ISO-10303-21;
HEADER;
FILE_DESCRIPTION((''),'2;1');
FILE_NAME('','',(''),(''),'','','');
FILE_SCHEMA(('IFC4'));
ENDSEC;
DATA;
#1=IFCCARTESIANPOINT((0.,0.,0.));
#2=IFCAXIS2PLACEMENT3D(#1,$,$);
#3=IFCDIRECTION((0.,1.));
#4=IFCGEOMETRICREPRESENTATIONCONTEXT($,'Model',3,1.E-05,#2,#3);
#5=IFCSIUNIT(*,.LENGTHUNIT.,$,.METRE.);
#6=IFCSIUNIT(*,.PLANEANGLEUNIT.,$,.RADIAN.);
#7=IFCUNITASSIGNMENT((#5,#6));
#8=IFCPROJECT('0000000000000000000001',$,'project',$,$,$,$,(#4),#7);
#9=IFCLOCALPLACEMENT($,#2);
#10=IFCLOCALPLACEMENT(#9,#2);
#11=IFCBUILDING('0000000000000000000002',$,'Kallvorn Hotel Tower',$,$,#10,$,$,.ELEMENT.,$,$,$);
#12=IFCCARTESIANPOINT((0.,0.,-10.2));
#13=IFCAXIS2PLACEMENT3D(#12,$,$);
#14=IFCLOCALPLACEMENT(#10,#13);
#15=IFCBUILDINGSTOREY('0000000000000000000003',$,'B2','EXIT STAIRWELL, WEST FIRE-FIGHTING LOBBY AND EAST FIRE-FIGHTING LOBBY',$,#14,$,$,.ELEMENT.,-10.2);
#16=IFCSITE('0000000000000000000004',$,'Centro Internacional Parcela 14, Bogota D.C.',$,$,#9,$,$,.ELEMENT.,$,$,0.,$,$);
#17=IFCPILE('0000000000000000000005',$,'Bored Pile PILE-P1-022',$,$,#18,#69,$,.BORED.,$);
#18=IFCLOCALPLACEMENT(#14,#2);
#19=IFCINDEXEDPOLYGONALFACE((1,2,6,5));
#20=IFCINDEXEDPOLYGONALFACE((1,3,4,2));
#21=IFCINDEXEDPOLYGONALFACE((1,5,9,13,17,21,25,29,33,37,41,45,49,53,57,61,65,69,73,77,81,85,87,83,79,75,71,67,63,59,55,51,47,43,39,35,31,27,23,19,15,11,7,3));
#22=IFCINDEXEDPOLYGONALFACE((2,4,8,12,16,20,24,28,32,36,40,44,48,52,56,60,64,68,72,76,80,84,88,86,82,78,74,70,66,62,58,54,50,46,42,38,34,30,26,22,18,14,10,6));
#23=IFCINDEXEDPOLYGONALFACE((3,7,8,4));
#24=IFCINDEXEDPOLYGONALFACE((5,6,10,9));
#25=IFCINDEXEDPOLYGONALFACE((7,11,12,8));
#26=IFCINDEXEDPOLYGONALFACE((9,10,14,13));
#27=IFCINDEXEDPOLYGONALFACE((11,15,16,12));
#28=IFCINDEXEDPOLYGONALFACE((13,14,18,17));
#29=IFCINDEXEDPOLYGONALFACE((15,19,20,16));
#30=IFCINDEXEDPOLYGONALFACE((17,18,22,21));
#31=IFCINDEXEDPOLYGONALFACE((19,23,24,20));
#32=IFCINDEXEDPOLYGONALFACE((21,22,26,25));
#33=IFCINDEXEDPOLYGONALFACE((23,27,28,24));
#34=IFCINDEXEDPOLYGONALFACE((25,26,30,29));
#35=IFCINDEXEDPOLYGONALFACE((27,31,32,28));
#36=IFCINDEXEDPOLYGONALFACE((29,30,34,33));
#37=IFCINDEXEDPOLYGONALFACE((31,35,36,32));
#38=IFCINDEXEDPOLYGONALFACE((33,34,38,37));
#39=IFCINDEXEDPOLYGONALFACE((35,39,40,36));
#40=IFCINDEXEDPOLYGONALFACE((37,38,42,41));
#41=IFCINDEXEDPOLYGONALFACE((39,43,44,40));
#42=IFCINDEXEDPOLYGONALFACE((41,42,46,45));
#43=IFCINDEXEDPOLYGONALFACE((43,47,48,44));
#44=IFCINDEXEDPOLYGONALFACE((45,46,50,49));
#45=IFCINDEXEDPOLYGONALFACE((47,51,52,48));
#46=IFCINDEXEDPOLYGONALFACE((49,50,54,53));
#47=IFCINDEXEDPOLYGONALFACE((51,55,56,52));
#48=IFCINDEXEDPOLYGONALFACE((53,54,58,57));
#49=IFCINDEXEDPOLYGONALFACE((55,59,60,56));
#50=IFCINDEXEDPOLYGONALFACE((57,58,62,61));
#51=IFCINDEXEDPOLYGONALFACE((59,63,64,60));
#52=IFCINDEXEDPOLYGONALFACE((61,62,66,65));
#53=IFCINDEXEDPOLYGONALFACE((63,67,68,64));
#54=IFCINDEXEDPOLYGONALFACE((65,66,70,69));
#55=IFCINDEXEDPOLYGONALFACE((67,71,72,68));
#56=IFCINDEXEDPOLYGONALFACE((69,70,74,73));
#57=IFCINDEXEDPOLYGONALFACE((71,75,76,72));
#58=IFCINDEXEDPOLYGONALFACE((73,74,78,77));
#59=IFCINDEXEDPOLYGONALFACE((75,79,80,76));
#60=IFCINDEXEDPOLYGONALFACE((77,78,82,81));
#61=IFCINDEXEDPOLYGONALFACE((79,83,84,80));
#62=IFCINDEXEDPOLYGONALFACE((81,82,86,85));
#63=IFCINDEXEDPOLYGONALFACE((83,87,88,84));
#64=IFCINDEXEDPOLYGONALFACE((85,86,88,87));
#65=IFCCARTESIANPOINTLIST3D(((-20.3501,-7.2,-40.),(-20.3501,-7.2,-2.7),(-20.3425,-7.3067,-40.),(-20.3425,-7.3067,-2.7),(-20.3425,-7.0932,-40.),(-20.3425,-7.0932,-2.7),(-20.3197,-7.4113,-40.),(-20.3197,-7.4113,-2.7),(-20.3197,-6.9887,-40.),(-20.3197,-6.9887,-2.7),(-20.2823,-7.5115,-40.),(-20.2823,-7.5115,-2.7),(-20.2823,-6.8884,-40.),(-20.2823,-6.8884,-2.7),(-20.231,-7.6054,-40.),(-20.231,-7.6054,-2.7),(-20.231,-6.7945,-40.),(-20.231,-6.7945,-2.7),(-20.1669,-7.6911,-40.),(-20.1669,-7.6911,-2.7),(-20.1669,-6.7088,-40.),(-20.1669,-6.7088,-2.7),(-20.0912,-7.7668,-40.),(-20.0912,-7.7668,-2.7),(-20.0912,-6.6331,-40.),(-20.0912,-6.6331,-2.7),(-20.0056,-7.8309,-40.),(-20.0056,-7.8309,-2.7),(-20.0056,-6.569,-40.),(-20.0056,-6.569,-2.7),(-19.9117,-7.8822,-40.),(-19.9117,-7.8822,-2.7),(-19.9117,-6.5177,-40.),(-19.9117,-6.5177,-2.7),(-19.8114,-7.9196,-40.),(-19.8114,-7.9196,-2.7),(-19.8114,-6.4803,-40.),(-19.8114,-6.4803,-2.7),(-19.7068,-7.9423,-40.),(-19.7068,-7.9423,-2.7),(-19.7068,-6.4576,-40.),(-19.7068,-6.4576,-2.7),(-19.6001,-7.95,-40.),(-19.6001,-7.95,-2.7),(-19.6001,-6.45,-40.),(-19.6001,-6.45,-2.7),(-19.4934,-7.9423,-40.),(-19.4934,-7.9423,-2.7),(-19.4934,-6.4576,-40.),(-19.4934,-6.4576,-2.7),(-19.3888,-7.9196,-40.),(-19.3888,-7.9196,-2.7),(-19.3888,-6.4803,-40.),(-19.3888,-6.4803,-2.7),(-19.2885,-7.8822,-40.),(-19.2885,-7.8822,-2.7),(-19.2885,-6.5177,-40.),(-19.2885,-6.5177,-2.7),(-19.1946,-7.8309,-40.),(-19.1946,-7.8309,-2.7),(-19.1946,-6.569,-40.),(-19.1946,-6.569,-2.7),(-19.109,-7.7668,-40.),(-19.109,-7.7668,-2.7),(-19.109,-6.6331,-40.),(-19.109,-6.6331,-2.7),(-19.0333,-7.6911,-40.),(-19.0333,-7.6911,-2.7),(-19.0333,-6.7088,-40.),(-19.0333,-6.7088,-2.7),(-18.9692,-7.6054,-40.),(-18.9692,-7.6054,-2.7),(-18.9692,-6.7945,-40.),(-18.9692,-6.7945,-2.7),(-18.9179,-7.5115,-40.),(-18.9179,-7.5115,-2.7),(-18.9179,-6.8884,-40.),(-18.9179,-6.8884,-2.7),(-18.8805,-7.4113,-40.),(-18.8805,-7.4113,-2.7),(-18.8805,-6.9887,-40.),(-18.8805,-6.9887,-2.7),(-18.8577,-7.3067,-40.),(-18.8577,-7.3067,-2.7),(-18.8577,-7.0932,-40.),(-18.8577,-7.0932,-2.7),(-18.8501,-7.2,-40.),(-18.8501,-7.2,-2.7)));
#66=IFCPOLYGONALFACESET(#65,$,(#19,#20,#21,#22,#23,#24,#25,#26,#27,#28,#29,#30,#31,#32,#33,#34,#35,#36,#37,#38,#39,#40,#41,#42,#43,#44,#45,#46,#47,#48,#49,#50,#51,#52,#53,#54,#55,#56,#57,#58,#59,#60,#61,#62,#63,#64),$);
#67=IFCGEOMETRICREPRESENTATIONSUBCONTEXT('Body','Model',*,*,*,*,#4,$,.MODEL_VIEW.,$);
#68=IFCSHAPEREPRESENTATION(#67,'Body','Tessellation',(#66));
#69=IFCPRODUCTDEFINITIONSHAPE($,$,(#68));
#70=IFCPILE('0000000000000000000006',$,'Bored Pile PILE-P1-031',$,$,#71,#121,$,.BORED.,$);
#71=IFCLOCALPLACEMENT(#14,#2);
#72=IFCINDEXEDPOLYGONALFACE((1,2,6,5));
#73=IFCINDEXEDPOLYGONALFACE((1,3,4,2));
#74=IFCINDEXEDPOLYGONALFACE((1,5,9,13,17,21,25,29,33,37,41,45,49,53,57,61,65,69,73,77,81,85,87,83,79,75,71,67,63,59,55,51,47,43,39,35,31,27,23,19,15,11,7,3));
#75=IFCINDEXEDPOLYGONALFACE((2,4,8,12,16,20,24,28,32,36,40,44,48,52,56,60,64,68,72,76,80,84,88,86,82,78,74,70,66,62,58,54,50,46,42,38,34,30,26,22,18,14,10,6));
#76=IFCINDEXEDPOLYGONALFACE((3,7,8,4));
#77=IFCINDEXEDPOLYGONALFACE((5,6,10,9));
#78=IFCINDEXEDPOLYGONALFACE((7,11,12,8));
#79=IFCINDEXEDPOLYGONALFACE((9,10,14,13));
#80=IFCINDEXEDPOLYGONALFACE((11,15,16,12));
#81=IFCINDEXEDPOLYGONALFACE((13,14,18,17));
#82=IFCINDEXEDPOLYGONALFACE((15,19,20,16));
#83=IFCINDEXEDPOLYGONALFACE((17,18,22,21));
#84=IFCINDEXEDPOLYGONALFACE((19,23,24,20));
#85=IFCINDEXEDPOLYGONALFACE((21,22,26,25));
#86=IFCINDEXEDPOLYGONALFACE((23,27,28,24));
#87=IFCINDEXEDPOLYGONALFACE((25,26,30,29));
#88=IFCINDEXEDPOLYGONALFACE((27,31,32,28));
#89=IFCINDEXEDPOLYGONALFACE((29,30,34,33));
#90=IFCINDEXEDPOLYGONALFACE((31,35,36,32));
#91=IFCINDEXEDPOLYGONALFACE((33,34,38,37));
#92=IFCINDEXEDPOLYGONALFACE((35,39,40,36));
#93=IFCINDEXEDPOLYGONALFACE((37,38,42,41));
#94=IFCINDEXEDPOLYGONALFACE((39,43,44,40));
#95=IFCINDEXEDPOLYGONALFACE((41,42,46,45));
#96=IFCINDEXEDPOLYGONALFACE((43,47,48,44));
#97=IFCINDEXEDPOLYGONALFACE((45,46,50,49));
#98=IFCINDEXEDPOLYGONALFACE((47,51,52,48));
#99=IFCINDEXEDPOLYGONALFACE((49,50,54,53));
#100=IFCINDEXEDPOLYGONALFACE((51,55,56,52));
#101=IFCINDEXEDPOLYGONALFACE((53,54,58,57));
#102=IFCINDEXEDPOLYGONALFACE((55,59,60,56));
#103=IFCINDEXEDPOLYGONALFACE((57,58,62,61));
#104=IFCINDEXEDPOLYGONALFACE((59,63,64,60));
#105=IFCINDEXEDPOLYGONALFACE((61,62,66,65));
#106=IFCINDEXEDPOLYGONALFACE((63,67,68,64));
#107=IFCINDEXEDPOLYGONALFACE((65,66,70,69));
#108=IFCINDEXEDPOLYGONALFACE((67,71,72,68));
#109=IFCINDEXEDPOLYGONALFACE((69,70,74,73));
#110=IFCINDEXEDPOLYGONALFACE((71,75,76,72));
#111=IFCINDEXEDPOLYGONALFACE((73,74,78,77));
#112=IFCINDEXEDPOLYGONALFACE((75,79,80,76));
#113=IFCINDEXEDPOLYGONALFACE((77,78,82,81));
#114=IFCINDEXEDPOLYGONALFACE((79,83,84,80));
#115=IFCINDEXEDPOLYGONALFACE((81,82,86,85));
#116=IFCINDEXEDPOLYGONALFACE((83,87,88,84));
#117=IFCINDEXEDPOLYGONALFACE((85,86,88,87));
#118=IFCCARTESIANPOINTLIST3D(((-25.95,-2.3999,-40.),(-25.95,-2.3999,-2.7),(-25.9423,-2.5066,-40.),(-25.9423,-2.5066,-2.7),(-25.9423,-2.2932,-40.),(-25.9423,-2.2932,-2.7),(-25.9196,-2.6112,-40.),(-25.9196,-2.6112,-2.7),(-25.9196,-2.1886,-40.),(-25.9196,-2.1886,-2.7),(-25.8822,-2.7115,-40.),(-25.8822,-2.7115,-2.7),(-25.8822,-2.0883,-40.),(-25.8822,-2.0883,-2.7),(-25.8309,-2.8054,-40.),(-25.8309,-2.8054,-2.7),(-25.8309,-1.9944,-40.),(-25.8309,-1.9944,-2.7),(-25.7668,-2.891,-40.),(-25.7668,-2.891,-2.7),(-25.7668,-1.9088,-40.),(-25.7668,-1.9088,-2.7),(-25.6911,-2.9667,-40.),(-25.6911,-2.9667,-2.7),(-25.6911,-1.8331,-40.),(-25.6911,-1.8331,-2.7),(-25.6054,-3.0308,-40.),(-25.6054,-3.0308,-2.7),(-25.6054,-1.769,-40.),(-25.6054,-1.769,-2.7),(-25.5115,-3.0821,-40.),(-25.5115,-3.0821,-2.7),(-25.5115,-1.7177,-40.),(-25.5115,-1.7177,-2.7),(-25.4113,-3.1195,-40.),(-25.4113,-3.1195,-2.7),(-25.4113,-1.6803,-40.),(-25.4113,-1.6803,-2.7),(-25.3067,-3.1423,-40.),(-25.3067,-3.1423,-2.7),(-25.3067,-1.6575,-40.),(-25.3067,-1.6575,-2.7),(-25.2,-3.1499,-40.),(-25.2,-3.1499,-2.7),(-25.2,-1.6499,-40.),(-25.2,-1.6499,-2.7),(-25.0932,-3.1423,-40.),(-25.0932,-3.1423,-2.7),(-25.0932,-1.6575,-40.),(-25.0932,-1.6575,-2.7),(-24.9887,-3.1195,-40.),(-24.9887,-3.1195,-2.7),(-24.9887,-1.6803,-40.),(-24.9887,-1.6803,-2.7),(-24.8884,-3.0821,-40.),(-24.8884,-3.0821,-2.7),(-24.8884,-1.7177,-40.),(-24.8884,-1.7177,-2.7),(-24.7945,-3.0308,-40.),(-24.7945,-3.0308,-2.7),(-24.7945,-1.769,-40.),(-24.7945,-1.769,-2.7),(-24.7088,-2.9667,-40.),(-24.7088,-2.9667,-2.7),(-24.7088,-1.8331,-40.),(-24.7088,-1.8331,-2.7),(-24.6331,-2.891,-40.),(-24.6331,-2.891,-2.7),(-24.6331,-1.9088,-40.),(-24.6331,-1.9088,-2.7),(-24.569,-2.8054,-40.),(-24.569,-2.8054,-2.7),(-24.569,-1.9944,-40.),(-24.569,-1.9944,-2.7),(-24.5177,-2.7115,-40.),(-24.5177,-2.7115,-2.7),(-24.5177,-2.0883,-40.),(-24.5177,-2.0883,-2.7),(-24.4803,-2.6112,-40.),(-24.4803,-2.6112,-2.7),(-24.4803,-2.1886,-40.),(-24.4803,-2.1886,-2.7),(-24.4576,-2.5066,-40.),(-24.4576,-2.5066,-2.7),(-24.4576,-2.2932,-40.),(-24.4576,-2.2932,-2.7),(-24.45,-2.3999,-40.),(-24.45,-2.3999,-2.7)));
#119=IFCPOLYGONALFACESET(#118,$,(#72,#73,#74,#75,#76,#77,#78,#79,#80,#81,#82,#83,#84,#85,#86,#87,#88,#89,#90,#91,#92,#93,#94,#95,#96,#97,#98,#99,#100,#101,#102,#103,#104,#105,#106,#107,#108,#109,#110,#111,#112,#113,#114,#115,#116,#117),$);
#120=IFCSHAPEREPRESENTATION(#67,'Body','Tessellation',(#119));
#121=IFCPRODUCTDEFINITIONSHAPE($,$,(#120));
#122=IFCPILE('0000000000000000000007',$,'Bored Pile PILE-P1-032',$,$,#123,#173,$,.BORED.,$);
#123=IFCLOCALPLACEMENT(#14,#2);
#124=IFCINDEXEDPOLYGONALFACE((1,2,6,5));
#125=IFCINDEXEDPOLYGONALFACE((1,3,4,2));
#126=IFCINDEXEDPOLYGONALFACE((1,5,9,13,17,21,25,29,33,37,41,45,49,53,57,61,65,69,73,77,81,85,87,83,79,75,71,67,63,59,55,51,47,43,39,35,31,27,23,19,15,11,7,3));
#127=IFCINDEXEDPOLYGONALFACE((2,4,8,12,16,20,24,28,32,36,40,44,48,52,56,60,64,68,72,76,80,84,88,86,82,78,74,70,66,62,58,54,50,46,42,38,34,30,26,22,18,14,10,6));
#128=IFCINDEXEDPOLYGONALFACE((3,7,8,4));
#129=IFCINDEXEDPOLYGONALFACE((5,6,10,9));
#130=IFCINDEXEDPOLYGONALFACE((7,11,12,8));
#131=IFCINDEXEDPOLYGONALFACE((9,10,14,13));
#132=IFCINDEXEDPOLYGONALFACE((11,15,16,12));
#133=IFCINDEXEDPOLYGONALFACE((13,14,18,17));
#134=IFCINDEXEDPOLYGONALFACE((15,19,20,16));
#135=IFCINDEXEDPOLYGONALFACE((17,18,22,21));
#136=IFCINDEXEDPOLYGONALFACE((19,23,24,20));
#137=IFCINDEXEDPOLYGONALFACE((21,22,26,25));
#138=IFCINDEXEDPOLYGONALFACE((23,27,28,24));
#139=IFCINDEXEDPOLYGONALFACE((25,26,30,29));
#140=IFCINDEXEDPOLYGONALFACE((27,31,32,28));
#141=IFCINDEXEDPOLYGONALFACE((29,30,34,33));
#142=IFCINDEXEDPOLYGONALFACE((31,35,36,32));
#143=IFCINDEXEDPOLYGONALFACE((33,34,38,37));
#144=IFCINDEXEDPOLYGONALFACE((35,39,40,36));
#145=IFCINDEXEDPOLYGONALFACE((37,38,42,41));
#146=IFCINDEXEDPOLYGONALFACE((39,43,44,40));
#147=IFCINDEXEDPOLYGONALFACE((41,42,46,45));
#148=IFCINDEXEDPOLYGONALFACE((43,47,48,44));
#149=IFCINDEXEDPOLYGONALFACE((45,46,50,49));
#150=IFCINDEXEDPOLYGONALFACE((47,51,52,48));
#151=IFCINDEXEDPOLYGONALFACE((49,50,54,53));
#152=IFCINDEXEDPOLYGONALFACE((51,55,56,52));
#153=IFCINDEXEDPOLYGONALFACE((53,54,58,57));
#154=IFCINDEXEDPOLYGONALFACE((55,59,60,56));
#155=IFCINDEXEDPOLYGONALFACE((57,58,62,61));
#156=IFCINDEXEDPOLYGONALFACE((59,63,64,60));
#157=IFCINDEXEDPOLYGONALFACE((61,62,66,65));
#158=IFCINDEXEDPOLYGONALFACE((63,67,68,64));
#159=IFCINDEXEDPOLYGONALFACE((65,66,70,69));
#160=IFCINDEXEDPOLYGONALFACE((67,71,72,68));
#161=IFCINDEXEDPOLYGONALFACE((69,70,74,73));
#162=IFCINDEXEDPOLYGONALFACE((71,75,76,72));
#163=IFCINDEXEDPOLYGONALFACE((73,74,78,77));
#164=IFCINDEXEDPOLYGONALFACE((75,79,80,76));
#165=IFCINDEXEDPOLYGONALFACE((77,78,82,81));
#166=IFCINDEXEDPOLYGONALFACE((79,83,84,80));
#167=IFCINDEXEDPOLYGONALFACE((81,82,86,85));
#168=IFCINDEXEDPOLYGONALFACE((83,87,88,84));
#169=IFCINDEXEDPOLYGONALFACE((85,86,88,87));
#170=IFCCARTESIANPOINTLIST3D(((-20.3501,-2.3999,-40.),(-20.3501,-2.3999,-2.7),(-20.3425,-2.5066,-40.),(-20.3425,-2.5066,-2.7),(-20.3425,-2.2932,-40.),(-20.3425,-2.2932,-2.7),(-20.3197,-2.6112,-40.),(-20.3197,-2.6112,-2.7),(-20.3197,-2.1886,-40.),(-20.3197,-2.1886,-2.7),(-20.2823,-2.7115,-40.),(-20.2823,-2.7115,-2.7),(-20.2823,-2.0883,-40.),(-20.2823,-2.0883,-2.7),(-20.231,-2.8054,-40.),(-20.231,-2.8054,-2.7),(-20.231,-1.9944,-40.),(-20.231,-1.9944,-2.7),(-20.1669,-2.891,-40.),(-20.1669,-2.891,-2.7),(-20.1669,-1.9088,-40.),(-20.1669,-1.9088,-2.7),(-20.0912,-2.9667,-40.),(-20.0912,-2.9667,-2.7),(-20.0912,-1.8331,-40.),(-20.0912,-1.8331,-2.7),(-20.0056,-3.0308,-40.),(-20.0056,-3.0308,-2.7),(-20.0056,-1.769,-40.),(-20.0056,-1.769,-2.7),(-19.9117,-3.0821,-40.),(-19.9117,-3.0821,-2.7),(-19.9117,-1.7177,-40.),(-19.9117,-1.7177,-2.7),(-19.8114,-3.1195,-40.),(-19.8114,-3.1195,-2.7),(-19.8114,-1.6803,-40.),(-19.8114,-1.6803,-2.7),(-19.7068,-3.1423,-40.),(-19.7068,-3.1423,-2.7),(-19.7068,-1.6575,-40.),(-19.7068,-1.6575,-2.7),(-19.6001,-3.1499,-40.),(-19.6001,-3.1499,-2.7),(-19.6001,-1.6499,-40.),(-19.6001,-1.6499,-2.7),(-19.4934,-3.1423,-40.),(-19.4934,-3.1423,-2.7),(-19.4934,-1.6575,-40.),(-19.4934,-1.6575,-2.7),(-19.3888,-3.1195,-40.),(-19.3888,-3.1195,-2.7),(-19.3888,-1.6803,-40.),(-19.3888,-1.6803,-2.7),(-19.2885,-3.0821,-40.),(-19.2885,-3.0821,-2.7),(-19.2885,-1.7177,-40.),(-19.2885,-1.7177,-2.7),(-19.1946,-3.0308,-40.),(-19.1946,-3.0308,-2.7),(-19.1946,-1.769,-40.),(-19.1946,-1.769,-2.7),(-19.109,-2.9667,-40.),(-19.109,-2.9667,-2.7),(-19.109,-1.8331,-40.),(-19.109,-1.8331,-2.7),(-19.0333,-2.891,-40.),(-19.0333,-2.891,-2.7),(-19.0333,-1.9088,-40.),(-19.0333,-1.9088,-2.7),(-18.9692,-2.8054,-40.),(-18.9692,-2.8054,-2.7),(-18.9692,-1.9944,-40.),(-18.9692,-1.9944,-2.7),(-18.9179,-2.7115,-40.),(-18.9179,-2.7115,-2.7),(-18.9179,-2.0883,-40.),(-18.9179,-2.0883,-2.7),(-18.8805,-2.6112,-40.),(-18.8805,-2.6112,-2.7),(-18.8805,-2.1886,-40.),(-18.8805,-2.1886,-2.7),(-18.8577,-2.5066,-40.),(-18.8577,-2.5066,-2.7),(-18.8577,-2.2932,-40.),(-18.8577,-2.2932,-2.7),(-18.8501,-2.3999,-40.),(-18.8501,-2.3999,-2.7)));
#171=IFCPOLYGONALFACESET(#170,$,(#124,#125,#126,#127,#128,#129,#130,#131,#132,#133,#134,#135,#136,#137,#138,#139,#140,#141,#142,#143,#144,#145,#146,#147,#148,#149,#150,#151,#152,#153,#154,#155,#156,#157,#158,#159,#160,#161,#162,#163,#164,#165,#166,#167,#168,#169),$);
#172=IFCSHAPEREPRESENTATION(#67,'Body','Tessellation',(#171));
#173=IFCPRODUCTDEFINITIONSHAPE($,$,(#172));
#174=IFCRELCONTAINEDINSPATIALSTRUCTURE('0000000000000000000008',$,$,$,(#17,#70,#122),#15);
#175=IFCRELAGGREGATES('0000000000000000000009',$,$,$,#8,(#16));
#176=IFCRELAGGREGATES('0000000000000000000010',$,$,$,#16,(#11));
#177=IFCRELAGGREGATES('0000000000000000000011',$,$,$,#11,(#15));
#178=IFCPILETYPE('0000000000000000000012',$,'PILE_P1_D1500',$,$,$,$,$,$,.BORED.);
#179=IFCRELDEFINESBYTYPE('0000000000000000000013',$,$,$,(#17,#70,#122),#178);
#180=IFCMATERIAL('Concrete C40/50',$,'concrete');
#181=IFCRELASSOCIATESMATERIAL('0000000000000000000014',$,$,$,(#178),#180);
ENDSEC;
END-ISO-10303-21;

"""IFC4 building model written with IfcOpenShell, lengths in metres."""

from ifc_helpers import new_model, si_unit, direction, frame, origin, origin_2d, place, context, subcontext, project, spatial, circle, extrude, material, material_profile, profile_set, type_object, element, save


model = new_model("IFC4")

# Units and contexts
model_context = context("Model", 3, precision=1e-05, world=origin(), true_north=direction((0.0, 1.0)))
body_context = subcontext(model_context, "Body", "Model", "MODEL_VIEW")
ifc_project = project(units=[si_unit("LENGTHUNIT", "METRE"), si_unit("PLANEANGLEUNIT", "RADIAN")], contexts=[model_context])

# Site, building, storey
site_placement = place(None, origin())
site = spatial("IfcSite", under=ifc_project, at=site_placement, Name="Centro Internacional Parcela 14, Bogota D.C.", CompositionType="ELEMENT", RefElevation=0.0)
building_placement = place(site_placement, origin())
building = spatial("IfcBuilding", under=site, at=building_placement, Name="Kallvorn Hotel Tower", CompositionType="ELEMENT")
storey_placement = place(building_placement, frame((0.0, 0.0, -10.2)))
storey = spatial("IfcBuildingStorey", under=building, at=storey_placement, Name="B2", Description="EXIT STAIRWELL, WEST FIRE-FIGHTING LOBBY AND EAST FIRE-FIGHTING LOBBY", CompositionType="ELEMENT", Elevation=-10.2)

# Piles
ifc_material_1 = material(Name="Concrete C40/50", Category="concrete")
ifc_material_profile_1 = material_profile(ifc_material_1, circle(Radius=0.75, at=origin_2d()), Name="PILE D1500")
ifc_profile_set_1 = profile_set([ifc_material_profile_1], Name="Concrete C40/50")
pile_type = type_object("IfcPileType", Name="PILE_P1_D1500", PredefinedType="BORED", material=ifc_profile_set_1)
for number, where, z_axis, x_axis, name in (
    (1, (-19.6001, -7.2, -2.7), (0.0, 0.0, -1.0), (1.0, 0.0, 0.0), "Bored Pile PILE-P1-022"),
    (2, (-25.2, -2.3999, -2.7), (0.0, 0.0, -1.0), (1.0, 0.0, 0.0), "Bored Pile PILE-P1-031"),
    (3, (-19.6001, -2.3999, -2.7), (0.0, 0.0, -1.0), (1.0, 0.0, 0.0), "Bored Pile PILE-P1-032"),
):
    element("IfcPile", number, at=place(storey_placement, frame(where, z_axis=z_axis, x_axis=x_axis)), inside=storey, type_object=pile_type, Name=name, PredefinedType="BORED", context=body_context, shape_type="SweptSolid", body=[
        extrude(circle(Radius=0.75, at=origin_2d()), origin(), (0.0, 0.0, 1.0), 37.3),
    ])

save(model, "model.ifc")
